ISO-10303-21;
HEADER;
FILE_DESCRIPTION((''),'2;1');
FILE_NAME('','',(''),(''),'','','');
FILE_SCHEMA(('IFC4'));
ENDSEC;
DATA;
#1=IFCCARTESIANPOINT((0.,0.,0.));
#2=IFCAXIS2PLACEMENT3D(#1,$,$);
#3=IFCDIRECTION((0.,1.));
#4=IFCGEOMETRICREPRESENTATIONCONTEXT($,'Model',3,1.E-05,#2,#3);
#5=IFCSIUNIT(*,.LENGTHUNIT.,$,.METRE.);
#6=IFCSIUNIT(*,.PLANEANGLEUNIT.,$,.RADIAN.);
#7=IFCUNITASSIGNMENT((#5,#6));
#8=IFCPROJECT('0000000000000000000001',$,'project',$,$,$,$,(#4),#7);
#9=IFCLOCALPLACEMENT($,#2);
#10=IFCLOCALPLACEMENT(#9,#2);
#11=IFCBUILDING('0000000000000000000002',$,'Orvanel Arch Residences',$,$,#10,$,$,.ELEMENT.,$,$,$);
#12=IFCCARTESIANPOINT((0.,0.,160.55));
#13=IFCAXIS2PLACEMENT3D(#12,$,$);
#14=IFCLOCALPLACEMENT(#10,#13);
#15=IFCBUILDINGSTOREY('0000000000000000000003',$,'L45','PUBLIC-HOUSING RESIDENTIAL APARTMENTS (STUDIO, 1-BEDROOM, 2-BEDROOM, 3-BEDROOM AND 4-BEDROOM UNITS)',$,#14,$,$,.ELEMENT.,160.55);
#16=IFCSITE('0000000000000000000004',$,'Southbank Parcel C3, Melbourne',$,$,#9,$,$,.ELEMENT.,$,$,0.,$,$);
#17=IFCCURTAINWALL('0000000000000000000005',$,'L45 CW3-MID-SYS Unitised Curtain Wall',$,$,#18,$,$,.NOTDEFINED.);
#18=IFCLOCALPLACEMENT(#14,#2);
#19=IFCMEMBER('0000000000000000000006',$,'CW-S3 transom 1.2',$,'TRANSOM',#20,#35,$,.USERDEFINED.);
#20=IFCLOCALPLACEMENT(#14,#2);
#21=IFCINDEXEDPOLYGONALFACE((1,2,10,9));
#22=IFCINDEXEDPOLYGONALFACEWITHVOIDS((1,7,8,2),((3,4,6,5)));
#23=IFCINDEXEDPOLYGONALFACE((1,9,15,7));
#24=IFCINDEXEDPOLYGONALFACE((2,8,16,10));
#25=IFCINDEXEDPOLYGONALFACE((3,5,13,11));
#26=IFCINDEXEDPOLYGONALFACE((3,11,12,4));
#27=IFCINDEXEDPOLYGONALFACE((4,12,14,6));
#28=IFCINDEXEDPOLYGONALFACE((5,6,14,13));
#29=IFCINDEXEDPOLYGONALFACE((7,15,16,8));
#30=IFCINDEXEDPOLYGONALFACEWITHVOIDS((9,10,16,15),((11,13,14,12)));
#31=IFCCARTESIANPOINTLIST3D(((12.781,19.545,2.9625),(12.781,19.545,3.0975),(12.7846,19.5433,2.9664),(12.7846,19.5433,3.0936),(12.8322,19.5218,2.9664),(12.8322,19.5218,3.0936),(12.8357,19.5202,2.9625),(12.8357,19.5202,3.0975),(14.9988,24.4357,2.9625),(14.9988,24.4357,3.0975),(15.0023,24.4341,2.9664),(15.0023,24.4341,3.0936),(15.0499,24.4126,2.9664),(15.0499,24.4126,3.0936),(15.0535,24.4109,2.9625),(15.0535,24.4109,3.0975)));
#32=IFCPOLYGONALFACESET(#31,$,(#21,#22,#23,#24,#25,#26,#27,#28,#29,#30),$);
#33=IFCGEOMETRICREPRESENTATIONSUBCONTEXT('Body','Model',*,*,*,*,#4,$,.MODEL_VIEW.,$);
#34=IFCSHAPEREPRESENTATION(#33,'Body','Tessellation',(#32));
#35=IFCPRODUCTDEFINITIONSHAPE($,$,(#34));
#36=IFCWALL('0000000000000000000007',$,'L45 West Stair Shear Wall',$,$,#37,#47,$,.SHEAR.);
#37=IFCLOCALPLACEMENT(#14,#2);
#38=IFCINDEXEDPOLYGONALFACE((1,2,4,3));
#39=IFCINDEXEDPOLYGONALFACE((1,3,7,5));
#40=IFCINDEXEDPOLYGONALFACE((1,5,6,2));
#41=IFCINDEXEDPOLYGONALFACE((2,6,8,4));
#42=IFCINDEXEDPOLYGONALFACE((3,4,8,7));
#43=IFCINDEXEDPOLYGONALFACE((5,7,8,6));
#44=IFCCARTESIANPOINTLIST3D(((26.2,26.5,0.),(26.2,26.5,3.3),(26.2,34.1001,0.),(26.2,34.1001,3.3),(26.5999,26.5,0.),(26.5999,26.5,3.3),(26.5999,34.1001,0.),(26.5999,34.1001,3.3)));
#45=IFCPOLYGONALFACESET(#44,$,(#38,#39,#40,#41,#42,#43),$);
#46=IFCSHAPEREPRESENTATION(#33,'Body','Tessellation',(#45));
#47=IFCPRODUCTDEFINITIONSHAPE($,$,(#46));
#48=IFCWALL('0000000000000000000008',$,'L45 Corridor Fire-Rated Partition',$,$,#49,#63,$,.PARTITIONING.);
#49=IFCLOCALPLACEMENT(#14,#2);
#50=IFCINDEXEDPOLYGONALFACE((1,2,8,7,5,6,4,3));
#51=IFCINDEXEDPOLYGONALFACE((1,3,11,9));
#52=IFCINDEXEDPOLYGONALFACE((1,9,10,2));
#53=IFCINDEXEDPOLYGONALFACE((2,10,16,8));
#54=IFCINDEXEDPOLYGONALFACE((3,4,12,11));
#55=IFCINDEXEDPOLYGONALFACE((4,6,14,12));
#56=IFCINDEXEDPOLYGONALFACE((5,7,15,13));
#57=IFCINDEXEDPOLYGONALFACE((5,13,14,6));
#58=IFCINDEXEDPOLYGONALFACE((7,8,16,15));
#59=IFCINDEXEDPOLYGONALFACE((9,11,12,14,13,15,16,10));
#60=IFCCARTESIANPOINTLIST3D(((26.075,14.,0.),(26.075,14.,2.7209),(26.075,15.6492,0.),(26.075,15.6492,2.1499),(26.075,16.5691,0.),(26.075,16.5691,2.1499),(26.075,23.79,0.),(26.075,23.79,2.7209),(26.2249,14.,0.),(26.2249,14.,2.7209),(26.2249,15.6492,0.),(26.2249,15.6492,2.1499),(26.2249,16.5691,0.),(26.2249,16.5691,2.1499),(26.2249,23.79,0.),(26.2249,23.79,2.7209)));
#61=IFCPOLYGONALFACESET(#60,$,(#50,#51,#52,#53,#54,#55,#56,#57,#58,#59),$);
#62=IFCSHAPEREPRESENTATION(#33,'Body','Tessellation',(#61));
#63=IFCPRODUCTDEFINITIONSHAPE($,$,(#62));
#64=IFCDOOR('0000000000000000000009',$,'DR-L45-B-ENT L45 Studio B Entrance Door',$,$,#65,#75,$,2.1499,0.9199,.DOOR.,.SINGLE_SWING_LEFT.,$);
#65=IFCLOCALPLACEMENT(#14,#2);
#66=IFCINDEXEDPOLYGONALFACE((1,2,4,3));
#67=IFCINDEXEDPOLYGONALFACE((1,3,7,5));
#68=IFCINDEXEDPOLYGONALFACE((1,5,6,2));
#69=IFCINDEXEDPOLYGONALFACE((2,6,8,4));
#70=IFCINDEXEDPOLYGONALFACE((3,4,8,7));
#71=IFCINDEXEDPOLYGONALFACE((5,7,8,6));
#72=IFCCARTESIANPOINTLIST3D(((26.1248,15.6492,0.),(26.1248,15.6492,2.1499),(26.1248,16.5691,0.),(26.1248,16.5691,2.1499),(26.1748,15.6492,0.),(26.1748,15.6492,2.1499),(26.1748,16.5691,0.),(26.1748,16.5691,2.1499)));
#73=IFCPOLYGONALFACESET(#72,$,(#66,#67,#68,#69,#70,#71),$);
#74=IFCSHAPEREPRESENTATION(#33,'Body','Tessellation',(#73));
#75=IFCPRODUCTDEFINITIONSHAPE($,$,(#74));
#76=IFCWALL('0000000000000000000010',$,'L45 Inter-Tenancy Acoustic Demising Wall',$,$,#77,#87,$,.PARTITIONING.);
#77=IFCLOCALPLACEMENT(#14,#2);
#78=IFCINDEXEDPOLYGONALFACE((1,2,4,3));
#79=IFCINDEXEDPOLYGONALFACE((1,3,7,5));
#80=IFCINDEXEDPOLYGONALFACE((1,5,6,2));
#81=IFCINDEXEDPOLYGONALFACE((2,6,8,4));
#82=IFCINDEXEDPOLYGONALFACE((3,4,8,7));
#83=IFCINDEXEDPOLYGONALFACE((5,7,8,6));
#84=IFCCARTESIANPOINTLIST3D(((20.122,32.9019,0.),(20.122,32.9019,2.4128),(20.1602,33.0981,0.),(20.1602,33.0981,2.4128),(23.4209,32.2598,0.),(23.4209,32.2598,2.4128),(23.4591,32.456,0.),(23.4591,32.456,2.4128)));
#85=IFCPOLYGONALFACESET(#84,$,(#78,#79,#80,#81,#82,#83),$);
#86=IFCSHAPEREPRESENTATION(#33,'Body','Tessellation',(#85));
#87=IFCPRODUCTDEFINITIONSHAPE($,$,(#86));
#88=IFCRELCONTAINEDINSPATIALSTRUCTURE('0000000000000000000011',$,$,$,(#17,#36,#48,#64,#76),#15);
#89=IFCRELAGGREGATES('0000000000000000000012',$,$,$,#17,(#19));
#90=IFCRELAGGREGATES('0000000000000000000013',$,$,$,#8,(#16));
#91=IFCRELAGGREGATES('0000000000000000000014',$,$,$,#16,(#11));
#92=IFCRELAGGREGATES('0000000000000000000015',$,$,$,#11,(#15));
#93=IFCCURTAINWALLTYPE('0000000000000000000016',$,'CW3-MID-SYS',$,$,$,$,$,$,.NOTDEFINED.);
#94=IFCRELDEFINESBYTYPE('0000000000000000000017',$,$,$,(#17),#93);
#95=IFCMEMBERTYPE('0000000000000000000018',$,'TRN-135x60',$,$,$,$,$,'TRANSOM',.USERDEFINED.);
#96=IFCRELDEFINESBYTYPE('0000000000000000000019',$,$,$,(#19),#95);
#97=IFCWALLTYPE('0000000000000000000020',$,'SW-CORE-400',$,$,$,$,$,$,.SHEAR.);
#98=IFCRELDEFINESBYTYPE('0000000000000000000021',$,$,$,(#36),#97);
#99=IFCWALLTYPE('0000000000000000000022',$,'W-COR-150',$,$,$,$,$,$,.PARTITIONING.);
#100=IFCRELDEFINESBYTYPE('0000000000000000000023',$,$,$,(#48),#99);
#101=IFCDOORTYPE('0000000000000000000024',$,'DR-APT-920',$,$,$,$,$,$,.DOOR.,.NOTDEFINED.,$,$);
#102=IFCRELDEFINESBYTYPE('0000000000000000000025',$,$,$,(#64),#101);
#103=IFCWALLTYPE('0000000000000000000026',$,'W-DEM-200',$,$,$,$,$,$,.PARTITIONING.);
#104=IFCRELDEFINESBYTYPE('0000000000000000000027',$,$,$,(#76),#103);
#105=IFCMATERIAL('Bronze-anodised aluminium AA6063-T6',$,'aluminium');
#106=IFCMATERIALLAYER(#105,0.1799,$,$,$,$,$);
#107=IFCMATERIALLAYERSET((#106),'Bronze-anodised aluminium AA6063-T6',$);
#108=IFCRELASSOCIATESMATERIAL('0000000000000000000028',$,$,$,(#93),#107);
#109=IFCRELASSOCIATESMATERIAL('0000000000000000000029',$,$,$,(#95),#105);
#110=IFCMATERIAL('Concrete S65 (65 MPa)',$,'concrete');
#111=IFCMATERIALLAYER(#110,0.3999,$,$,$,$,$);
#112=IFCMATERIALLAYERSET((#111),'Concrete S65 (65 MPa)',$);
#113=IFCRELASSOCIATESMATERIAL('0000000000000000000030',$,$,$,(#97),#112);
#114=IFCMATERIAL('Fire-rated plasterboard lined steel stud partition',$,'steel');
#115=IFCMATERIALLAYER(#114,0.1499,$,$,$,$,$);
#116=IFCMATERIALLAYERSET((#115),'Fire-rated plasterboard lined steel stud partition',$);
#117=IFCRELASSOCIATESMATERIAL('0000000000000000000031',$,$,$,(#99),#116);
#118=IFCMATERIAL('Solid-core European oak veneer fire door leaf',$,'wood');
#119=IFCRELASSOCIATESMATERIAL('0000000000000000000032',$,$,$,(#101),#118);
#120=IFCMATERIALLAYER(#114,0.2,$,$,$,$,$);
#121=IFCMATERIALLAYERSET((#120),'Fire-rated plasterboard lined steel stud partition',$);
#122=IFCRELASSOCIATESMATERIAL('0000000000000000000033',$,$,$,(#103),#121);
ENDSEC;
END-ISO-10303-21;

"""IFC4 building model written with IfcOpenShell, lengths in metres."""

from ifc_helpers import new_model, si_unit, direction, frame, frame_2d, origin, origin_2d, place, context, subcontext, project, spatial, rectangle, hollow_rectangle, extrude, material, layer, layer_set, material_profile, profile_set, type_object, element, fill, aggregate, save


model = new_model("IFC4")

# Units and contexts
model_context = context("Model", 3, precision=1e-05, world=origin(), true_north=direction((0.0, 1.0)))
body_context = subcontext(model_context, "Body", "Model", "MODEL_VIEW")
ifc_project = project(units=[si_unit("LENGTHUNIT", "METRE"), si_unit("PLANEANGLEUNIT", "RADIAN")], contexts=[model_context])

# Site, building, storey
site_placement = place(None, origin())
site = spatial("IfcSite", under=ifc_project, at=site_placement, Name="Southbank Parcel C3, Melbourne", CompositionType="ELEMENT", RefElevation=0.0)
building_placement = place(site_placement, origin())
building = spatial("IfcBuilding", under=site, at=building_placement, Name="Orvanel Arch Residences", CompositionType="ELEMENT")
storey_placement = place(building_placement, frame((0.0, 0.0, 160.55)))
storey = spatial("IfcBuildingStorey", under=building, at=storey_placement, Name="L45", Description="PUBLIC-HOUSING RESIDENTIAL APARTMENTS (STUDIO, 1-BEDROOM, 2-BEDROOM, 3-BEDROOM AND 4-BEDROOM UNITS)", CompositionType="ELEMENT", Elevation=160.55)

# Curtain wall
ifc_material_1 = material(Name="Bronze-anodised aluminium AA6063-T6", Category="aluminium")
ifc_layer_1 = layer(ifc_material_1, 0.1799)
ifc_layer_set_1 = layer_set([ifc_layer_1], Name="Bronze-anodised aluminium AA6063-T6")
curtain_wall_type = type_object("IfcCurtainWallType", Name="CW3-MID-SYS", PredefinedType="NOTDEFINED", material=ifc_layer_set_1)
curtain_wall_placement = place(storey_placement, origin())
curtain_wall = element("IfcCurtainWall", 1, at=curtain_wall_placement, inside=storey, type_object=curtain_wall_type, Name="L45 CW3-MID-SYS Unitised Curtain Wall", PredefinedType="NOTDEFINED")

# Member
ifc_material_profile_1 = material_profile(ifc_material_1, hollow_rectangle(XDim=0.0601, YDim=0.135, WallThickness=0.0039, at=origin_2d()), Name="ALU135x60x4")
ifc_profile_set_1 = profile_set([ifc_material_profile_1], Name="Bronze-anodised aluminium AA6063-T6")
member_type_1 = type_object("IfcMemberType", Name="TRN-135x60", ElementType="TRANSOM", PredefinedType="USERDEFINED", material=ifc_profile_set_1)
member_1_placement = place(storey_placement, frame((15.0261, 24.4233, 3.03), z_axis=(-0.412977, -0.910741, 0.0), x_axis=(0.910741, -0.412977, 0.0)))
member_1 = element("IfcMember", 2, at=member_1_placement, type_object=member_type_1, Name="CW-S3 transom 1.2", ObjectType="TRANSOM", PredefinedType="USERDEFINED", context=body_context, shape_type="SweptSolid", body=[
    extrude(hollow_rectangle(XDim=0.0601, YDim=0.135, WallThickness=0.0039, at=origin_2d()), origin(), (0.0, 0.0, 1.0), 5.3701),
])
aggregate(curtain_wall, [member_1])

# Shared definitions
ifc_material_2 = material(Name="Concrete S65 (65 MPa)", Category="concrete")
ifc_layer_2 = layer(ifc_material_2, 0.3999)
ifc_layer_set_2 = layer_set([ifc_layer_2], Name="Concrete S65 (65 MPa)")
wall_type_1 = type_object("IfcWallType", Name="SW-CORE-400", PredefinedType="SHEAR", material=ifc_layer_set_2)

# Wall
wall_1_placement = place(storey_placement, frame((26.3999, 26.5, 0.0), z_axis=(0.0, 0.0, 1.0), x_axis=(0.0, 1.0, 0.0)))
element("IfcWall", 3, at=wall_1_placement, inside=storey, type_object=wall_type_1, Name="L45 West Stair Shear Wall", PredefinedType="SHEAR", context=body_context, shape_type="SweptSolid", body=[
    extrude(rectangle(XDim=7.6001, YDim=0.3999, at=frame_2d((3.8, 0.0))), origin(), (0.0, 0.0, 1.0), 3.3),
])

# Wall, opening, door
ifc_material_3 = material(Name="Fire-rated plasterboard lined steel stud partition", Category="steel")
ifc_layer_3 = layer(ifc_material_3, 0.1499)
ifc_layer_set_3 = layer_set([ifc_layer_3], Name="Fire-rated plasterboard lined steel stud partition")
wall_type_2 = type_object("IfcWallType", Name="W-COR-150", PredefinedType="PARTITIONING", material=ifc_layer_set_3)
wall_2_placement = place(storey_placement, frame((26.1499, 23.79, 0.0), z_axis=(0.0, 0.0, 1.0), x_axis=(0.0, -1.0, 0.0)))
wall_2 = element("IfcWall", 4, at=wall_2_placement, inside=storey, type_object=wall_type_2, Name="L45 Corridor Fire-Rated Partition", PredefinedType="PARTITIONING", context=body_context, shape_type="SweptSolid", body=[
    extrude(rectangle(XDim=9.79, YDim=0.1499, at=frame_2d((4.895, 0.0))), origin(), (0.0, 0.0, 1.0), 2.7209),
])
opening_1_placement = place(wall_2_placement, frame((7.2209, 0.0, 0.0)))
opening_1 = element("IfcOpeningElement", 5, at=opening_1_placement, cuts=wall_2, PredefinedType="OPENING", context=body_context, shape_type="SweptSolid", body=[
    extrude(rectangle(XDim=0.9199, YDim=2.1499, at=frame_2d((0.46, 1.075))), frame((0.0, 0.085, 0.0), z_axis=(0.0, -1.0, 0.0), x_axis=(1.0, 0.0, 0.0)), (0.0, 0.0, 1.0), 0.1699),
])
ifc_material_4 = material(Name="Solid-core European oak veneer fire door leaf", Category="wood")
door_type_1 = type_object("IfcDoorType", Name="DR-APT-920", OperationType="NOTDEFINED", PredefinedType="DOOR", material=ifc_material_4)
door_1_placement = place(opening_1_placement, origin())
door_1 = element("IfcDoor", 6, at=door_1_placement, inside=storey, type_object=door_type_1, Name="DR-L45-B-ENT L45 Studio B Entrance Door", OperationType="SINGLE_SWING_LEFT", OverallHeight=2.1499, OverallWidth=0.9199, PredefinedType="DOOR", context=body_context, shape_type="SweptSolid", body=[
    extrude(rectangle(XDim=0.9199, YDim=2.1499, at=frame_2d((0.46, 1.075))), frame((0.0, 0.0249, 0.0), z_axis=(0.0, -1.0, 0.0), x_axis=(1.0, 0.0, 0.0)), (0.0, 0.0, 1.0), 0.05),
])
fill(opening_1, door_1)

# Wall
ifc_layer_4 = layer(ifc_material_3, 0.2)
ifc_layer_set_4 = layer_set([ifc_layer_4], Name="Fire-rated plasterboard lined steel stud partition")
wall_type_3 = type_object("IfcWallType", Name="W-DEM-200", PredefinedType="PARTITIONING", material=ifc_layer_set_4)
wall_3_placement = place(storey_placement, frame((20.1411, 33.0, 0.0), z_axis=(0.0, 0.0, 1.0), x_axis=(0.981579, -0.191056, 0.0)))
element("IfcWall", 7, at=wall_3_placement, inside=storey, type_object=wall_type_3, Name="L45 Inter-Tenancy Acoustic Demising Wall", PredefinedType="PARTITIONING", context=body_context, shape_type="SweptSolid", body=[
    extrude(rectangle(XDim=3.3608, YDim=0.2, at=frame_2d((1.6804, 0.0))), origin(), (0.0, 0.0, 1.0), 2.4128),
])

save(model, "model.ifc")
